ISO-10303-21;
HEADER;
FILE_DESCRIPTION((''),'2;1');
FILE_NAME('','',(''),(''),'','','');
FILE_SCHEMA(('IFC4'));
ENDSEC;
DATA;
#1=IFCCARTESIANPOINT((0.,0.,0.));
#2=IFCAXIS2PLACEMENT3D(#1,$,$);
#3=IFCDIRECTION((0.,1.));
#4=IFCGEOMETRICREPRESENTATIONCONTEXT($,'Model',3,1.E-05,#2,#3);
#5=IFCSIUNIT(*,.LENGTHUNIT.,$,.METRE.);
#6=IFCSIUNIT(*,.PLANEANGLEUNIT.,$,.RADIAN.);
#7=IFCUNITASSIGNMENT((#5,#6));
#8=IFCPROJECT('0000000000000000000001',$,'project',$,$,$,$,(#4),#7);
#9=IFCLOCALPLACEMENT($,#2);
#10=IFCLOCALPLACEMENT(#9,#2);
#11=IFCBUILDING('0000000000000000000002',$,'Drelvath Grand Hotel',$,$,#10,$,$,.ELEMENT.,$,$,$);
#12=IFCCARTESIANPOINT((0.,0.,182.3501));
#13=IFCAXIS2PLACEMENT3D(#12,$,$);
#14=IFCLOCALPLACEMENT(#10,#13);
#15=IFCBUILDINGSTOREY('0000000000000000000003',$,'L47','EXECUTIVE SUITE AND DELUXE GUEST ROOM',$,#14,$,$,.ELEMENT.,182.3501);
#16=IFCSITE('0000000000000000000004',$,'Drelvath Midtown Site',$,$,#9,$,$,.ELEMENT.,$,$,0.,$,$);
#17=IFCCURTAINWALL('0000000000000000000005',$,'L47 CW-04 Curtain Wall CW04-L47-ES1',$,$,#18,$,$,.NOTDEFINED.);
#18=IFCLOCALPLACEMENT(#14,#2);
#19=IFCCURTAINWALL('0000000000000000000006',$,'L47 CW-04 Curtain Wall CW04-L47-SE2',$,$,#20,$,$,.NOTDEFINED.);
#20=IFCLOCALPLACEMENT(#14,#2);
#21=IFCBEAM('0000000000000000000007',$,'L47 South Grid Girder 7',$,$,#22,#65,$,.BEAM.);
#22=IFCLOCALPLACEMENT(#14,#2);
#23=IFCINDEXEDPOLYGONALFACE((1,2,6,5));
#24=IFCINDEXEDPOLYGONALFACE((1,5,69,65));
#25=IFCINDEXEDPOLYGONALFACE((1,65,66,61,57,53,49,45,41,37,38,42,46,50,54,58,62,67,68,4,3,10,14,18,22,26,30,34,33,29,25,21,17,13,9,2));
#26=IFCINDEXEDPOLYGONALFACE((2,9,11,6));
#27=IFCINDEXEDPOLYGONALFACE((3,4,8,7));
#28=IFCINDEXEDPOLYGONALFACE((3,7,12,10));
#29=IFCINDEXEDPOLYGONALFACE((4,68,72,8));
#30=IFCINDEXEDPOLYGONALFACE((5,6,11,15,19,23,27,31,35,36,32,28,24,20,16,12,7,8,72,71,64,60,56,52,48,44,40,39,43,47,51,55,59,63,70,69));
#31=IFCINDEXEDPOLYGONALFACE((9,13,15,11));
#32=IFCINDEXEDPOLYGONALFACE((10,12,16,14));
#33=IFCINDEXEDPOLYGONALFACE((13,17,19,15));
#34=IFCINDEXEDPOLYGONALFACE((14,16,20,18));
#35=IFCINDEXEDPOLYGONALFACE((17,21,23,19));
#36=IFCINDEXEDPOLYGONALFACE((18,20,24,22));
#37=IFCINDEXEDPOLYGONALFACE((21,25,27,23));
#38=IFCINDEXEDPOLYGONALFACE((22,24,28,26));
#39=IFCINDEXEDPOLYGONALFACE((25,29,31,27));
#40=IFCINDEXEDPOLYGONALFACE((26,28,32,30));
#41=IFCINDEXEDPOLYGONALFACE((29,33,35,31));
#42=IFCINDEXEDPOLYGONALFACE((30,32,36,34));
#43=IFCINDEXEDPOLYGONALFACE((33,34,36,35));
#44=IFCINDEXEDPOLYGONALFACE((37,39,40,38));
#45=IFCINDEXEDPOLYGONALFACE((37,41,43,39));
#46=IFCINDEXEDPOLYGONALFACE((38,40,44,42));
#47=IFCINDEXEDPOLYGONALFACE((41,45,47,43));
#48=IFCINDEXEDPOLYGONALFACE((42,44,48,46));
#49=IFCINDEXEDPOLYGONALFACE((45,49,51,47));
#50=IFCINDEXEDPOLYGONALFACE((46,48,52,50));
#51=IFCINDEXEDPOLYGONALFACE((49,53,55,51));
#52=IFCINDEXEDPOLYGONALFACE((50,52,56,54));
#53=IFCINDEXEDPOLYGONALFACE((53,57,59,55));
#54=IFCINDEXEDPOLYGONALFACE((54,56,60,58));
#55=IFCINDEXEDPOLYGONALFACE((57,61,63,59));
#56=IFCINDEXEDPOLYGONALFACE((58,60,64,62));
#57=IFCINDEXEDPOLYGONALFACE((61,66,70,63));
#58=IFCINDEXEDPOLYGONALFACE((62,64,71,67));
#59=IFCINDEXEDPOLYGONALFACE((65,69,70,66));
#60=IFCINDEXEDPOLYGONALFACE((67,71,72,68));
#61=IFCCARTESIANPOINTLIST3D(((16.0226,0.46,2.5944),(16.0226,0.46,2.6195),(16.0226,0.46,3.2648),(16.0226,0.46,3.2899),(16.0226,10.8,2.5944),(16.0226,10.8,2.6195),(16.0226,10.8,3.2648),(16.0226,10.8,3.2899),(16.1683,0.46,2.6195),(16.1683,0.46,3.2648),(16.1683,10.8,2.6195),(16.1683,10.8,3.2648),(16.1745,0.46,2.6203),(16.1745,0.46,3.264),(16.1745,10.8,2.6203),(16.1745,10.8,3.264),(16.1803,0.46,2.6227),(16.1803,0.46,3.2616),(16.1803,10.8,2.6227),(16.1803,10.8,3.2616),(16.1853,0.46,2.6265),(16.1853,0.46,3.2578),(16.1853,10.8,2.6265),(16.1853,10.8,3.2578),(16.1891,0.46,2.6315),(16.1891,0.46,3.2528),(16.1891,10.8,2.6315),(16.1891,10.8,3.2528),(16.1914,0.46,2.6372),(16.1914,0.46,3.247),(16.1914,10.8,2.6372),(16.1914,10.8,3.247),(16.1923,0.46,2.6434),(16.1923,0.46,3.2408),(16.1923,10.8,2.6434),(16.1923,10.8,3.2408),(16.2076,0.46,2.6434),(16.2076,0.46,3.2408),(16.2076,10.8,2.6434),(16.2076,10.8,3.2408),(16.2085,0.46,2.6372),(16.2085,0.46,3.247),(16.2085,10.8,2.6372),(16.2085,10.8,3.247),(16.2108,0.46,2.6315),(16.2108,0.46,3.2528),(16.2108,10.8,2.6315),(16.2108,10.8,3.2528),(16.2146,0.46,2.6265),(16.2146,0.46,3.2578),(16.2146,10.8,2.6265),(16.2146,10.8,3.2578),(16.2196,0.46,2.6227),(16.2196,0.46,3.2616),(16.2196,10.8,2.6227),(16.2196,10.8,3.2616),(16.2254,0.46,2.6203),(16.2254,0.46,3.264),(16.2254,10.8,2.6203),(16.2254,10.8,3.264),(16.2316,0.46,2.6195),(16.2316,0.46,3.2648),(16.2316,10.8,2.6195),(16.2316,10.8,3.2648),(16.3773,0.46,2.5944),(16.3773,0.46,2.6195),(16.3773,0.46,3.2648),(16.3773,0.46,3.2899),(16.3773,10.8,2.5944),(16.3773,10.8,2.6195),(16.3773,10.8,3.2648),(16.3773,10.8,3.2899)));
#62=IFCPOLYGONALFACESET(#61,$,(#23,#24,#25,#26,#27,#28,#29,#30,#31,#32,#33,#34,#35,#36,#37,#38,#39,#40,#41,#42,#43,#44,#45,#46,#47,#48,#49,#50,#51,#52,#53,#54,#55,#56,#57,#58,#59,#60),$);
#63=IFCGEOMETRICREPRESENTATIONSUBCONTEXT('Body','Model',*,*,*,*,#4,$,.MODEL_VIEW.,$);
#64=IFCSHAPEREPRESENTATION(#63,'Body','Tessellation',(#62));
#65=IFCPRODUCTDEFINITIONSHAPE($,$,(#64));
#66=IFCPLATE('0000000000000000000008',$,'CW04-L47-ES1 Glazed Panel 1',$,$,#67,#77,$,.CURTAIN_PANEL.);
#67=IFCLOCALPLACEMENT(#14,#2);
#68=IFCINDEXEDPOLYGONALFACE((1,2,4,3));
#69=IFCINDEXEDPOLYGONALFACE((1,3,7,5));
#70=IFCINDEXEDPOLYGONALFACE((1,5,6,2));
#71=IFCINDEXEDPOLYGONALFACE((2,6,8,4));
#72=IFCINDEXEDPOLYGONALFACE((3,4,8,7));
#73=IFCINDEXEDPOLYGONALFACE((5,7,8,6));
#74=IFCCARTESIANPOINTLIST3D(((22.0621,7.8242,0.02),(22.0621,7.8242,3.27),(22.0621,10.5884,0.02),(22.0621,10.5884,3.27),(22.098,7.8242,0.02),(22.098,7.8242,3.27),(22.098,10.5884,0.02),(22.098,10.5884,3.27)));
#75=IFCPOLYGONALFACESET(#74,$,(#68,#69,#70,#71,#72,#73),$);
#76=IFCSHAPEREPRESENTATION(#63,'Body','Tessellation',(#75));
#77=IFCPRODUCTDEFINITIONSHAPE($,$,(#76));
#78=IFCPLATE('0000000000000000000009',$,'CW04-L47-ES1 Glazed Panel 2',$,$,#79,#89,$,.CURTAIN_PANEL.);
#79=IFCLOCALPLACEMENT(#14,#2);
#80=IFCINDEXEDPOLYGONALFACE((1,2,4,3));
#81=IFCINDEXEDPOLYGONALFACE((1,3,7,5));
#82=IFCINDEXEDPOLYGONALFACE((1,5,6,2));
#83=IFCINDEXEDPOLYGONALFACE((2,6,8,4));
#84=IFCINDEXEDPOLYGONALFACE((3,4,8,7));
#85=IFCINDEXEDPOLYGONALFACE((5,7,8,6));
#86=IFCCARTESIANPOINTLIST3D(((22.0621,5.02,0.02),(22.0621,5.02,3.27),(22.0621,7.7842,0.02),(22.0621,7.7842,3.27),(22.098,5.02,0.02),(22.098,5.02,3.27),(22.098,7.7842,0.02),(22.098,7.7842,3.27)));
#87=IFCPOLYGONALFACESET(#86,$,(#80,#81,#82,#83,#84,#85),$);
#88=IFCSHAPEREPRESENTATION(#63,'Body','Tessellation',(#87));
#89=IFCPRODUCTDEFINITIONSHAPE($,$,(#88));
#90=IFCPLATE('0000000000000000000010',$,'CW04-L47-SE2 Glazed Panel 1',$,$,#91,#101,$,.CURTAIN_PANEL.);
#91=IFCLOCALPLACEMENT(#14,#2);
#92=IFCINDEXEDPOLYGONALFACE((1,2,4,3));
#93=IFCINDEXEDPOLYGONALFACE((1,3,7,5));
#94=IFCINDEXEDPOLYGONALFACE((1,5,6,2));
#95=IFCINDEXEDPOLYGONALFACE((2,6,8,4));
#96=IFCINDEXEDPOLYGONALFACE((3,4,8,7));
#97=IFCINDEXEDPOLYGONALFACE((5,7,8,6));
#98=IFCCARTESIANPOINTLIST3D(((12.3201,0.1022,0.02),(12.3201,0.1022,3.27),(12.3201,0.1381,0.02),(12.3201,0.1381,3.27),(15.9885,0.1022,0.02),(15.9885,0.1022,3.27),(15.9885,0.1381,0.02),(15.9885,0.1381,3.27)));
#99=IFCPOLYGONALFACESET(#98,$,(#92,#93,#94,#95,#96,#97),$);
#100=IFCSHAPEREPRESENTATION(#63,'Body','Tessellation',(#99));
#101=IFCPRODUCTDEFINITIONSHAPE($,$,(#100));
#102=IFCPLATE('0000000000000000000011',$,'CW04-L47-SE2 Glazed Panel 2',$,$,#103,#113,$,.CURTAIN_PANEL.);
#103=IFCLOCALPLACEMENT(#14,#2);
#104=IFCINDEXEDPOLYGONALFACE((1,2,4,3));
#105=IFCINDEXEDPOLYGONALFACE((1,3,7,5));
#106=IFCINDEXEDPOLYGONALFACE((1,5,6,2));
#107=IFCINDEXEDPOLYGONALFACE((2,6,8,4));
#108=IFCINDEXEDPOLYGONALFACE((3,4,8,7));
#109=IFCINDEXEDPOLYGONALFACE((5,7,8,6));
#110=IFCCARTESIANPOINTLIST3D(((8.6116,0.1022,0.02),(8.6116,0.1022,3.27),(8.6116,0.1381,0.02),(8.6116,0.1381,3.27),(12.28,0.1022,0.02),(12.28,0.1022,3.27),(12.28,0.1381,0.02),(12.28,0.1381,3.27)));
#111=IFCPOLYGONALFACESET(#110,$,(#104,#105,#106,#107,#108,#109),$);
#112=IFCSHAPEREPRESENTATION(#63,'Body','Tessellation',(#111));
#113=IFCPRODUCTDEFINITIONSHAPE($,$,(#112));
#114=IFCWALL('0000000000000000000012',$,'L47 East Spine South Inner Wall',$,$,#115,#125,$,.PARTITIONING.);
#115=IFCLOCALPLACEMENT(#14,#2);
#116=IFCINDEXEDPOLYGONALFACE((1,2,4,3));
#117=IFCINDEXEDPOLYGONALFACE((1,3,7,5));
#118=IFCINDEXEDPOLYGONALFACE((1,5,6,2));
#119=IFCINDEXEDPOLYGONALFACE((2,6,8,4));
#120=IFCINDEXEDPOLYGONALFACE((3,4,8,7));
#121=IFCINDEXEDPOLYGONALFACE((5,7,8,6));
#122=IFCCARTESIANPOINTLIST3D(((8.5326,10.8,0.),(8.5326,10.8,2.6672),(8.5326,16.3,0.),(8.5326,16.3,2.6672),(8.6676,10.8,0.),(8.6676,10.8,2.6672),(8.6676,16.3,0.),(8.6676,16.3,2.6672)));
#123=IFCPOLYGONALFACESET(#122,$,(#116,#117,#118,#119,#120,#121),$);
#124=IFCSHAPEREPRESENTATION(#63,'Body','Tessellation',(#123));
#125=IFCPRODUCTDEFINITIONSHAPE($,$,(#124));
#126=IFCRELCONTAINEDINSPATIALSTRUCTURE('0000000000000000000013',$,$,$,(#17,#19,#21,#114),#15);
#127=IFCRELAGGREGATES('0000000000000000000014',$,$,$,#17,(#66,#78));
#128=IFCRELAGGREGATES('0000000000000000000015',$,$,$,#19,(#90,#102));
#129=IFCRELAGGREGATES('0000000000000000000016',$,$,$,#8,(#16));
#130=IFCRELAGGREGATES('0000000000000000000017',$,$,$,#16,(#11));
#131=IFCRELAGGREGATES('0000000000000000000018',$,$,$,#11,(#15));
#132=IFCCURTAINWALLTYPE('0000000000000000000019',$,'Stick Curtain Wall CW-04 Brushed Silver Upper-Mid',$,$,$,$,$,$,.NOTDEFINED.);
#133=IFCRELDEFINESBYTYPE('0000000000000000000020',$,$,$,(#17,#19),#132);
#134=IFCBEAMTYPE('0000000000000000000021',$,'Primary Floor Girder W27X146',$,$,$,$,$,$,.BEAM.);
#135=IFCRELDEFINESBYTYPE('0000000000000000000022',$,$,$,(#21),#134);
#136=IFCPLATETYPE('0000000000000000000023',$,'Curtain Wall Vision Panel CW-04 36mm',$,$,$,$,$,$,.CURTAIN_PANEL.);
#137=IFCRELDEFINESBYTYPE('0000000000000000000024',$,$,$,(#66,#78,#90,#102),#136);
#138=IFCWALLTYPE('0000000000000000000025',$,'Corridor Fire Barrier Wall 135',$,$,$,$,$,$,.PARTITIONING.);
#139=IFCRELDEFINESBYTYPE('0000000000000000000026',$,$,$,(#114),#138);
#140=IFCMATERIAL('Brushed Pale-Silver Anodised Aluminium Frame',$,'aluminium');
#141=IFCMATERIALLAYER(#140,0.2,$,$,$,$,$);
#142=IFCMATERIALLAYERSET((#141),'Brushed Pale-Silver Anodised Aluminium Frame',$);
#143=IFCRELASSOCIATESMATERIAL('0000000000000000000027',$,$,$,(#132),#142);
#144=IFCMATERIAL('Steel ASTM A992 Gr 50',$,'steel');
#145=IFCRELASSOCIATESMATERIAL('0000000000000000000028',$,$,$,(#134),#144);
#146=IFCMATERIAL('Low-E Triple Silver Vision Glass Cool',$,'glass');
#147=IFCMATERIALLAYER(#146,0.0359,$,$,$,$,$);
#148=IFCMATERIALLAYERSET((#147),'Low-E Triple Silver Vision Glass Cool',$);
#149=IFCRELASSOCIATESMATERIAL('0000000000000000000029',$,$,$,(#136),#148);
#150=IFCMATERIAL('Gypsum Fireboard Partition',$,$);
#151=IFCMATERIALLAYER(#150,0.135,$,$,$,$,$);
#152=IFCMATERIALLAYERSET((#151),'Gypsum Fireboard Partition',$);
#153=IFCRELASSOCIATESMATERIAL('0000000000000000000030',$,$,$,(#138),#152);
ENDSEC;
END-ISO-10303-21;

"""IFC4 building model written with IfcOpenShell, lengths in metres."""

from ifc_helpers import new_model, si_unit, direction, frame, frame_2d, origin, origin_2d, place, context, subcontext, project, spatial, rectangle, i_section, extrude, material, layer, layer_set, material_profile, profile_set, type_object, element, aggregate, save


model = new_model("IFC4")

# Units and contexts
model_context = context("Model", 3, precision=1e-05, world=origin(), true_north=direction((0.0, 1.0)))
body_context = subcontext(model_context, "Body", "Model", "MODEL_VIEW")
ifc_project = project(units=[si_unit("LENGTHUNIT", "METRE"), si_unit("PLANEANGLEUNIT", "RADIAN")], contexts=[model_context])

# Site, building, storey
site_placement = place(None, origin())
site = spatial("IfcSite", under=ifc_project, at=site_placement, Name="Drelvath Midtown Site", CompositionType="ELEMENT", RefElevation=0.0)
building_placement = place(site_placement, origin())
building = spatial("IfcBuilding", under=site, at=building_placement, Name="Drelvath Grand Hotel", CompositionType="ELEMENT")
storey_placement = place(building_placement, frame((0.0, 0.0, 182.3501)))
storey = spatial("IfcBuildingStorey", under=building, at=storey_placement, Name="L47", Description="EXECUTIVE SUITE AND DELUXE GUEST ROOM", CompositionType="ELEMENT", Elevation=182.3501)

# Curtain walls
ifc_material_1 = material(Name="Brushed Pale-Silver Anodised Aluminium Frame", Category="aluminium")
ifc_layer_1 = layer(ifc_material_1, 0.2)
ifc_layer_set_1 = layer_set([ifc_layer_1], Name="Brushed Pale-Silver Anodised Aluminium Frame")
curtain_wall_type = type_object("IfcCurtainWallType", Name="Stick Curtain Wall CW-04 Brushed Silver Upper-Mid", PredefinedType="NOTDEFINED", material=ifc_layer_set_1)
curtain_wall_1_placement = place(storey_placement, origin())
curtain_wall_1 = element("IfcCurtainWall", 1, at=curtain_wall_1_placement, inside=storey, type_object=curtain_wall_type, Name="L47 CW-04 Curtain Wall CW04-L47-ES1", PredefinedType="NOTDEFINED")
curtain_wall_2_placement = place(storey_placement, origin())
curtain_wall_2 = element("IfcCurtainWall", 2, at=curtain_wall_2_placement, inside=storey, type_object=curtain_wall_type, Name="L47 CW-04 Curtain Wall CW04-L47-SE2", PredefinedType="NOTDEFINED")

# Beam
ifc_material_2 = material(Name="Steel ASTM A992 Gr 50", Category="steel")
ifc_material_profile_1 = material_profile(ifc_material_2, i_section(OverallWidth=0.3547, OverallDepth=0.6956, WebThickness=0.0154, FlangeThickness=0.0251, FilletRadius=0.0239, at=origin_2d()), Name="W27X146")
ifc_profile_set_1 = profile_set([ifc_material_profile_1], Name="Steel ASTM A992 Gr 50")
beam_type = type_object("IfcBeamType", Name="Primary Floor Girder W27X146", PredefinedType="BEAM", material=ifc_profile_set_1)
beam_placement = place(storey_placement, frame((16.2, 0.46, 2.9421), z_axis=(0.0, 1.0, 0.0), x_axis=(-1.0, 0.0, 0.0)))
element("IfcBeam", 3, at=beam_placement, inside=storey, type_object=beam_type, Name="L47 South Grid Girder 7", PredefinedType="BEAM", context=body_context, shape_type="SweptSolid", body=[
    extrude(i_section(OverallWidth=0.3547, OverallDepth=0.6956, WebThickness=0.0154, FlangeThickness=0.0251, FilletRadius=0.0239, at=origin_2d()), origin(), (0.0, 0.0, 1.0), 10.3401),
])

# Plates
ifc_material_3 = material(Name="Low-E Triple Silver Vision Glass Cool", Category="glass")
ifc_layer_2 = layer(ifc_material_3, 0.0359)
ifc_layer_set_2 = layer_set([ifc_layer_2], Name="Low-E Triple Silver Vision Glass Cool")
plate_type = type_object("IfcPlateType", Name="Curtain Wall Vision Panel CW-04 36mm", PredefinedType="CURTAIN_PANEL", material=ifc_layer_set_2)
plate_1_placement = place(storey_placement, frame((22.0801, 9.2063, 0.02), z_axis=(0.0, 0.0, 1.0), x_axis=(0.0, -1.0, 0.0)))
plate_1 = element("IfcPlate", 4, at=plate_1_placement, type_object=plate_type, Name="CW04-L47-ES1 Glazed Panel 1", PredefinedType="CURTAIN_PANEL", context=body_context, shape_type="SweptSolid", body=[
    extrude(rectangle(XDim=2.7642, YDim=0.0359, at=origin_2d()), origin(), (0.0, 0.0, 1.0), 3.25),
])
plate_2_placement = place(storey_placement, frame((22.0801, 6.4021, 0.02), z_axis=(0.0, 0.0, 1.0), x_axis=(0.0, -1.0, 0.0)))
plate_2 = element("IfcPlate", 5, at=plate_2_placement, type_object=plate_type, Name="CW04-L47-ES1 Glazed Panel 2", PredefinedType="CURTAIN_PANEL", context=body_context, shape_type="SweptSolid", body=[
    extrude(rectangle(XDim=2.7642, YDim=0.0359, at=origin_2d()), origin(), (0.0, 0.0, 1.0), 3.25),
])
aggregate(curtain_wall_1, [plate_1, plate_2])
plate_3_placement = place(storey_placement, frame((14.1543, 0.1201, 0.02), z_axis=(0.0, 0.0, 1.0), x_axis=(-1.0, 0.0, 0.0)))
plate_3 = element("IfcPlate", 6, at=plate_3_placement, type_object=plate_type, Name="CW04-L47-SE2 Glazed Panel 1", PredefinedType="CURTAIN_PANEL", context=body_context, shape_type="SweptSolid", body=[
    extrude(rectangle(XDim=3.6685, YDim=0.0359, at=origin_2d()), origin(), (0.0, 0.0, 1.0), 3.25),
])
plate_4_placement = place(storey_placement, frame((10.4458, 0.1201, 0.02), z_axis=(0.0, 0.0, 1.0), x_axis=(-1.0, 0.0, 0.0)))
plate_4 = element("IfcPlate", 7, at=plate_4_placement, type_object=plate_type, Name="CW04-L47-SE2 Glazed Panel 2", PredefinedType="CURTAIN_PANEL", context=body_context, shape_type="SweptSolid", body=[
    extrude(rectangle(XDim=3.6685, YDim=0.0359, at=origin_2d()), origin(), (0.0, 0.0, 1.0), 3.25),
])
aggregate(curtain_wall_2, [plate_3, plate_4])

# Wall
ifc_material_4 = material(Name="Gypsum Fireboard Partition")
ifc_layer_3 = layer(ifc_material_4, 0.135)
ifc_layer_set_3 = layer_set([ifc_layer_3], Name="Gypsum Fireboard Partition")
wall_type_1 = type_object("IfcWallType", Name="Corridor Fire Barrier Wall 135", PredefinedType="PARTITIONING", material=ifc_layer_set_3)
wall_1_placement = place(storey_placement, frame((8.6001, 10.8, 0.0), z_axis=(0.0, 0.0, 1.0), x_axis=(0.0, 1.0, 0.0)))
element("IfcWall", 8, at=wall_1_placement, inside=storey, type_object=wall_type_1, Name="L47 East Spine South Inner Wall", PredefinedType="PARTITIONING", context=body_context, shape_type="SweptSolid", body=[
    extrude(rectangle(XDim=5.5, YDim=0.135, at=frame_2d((2.75, 0.0))), origin(), (0.0, 0.0, 1.0), 2.6672),
])

save(model, "model.ifc")
